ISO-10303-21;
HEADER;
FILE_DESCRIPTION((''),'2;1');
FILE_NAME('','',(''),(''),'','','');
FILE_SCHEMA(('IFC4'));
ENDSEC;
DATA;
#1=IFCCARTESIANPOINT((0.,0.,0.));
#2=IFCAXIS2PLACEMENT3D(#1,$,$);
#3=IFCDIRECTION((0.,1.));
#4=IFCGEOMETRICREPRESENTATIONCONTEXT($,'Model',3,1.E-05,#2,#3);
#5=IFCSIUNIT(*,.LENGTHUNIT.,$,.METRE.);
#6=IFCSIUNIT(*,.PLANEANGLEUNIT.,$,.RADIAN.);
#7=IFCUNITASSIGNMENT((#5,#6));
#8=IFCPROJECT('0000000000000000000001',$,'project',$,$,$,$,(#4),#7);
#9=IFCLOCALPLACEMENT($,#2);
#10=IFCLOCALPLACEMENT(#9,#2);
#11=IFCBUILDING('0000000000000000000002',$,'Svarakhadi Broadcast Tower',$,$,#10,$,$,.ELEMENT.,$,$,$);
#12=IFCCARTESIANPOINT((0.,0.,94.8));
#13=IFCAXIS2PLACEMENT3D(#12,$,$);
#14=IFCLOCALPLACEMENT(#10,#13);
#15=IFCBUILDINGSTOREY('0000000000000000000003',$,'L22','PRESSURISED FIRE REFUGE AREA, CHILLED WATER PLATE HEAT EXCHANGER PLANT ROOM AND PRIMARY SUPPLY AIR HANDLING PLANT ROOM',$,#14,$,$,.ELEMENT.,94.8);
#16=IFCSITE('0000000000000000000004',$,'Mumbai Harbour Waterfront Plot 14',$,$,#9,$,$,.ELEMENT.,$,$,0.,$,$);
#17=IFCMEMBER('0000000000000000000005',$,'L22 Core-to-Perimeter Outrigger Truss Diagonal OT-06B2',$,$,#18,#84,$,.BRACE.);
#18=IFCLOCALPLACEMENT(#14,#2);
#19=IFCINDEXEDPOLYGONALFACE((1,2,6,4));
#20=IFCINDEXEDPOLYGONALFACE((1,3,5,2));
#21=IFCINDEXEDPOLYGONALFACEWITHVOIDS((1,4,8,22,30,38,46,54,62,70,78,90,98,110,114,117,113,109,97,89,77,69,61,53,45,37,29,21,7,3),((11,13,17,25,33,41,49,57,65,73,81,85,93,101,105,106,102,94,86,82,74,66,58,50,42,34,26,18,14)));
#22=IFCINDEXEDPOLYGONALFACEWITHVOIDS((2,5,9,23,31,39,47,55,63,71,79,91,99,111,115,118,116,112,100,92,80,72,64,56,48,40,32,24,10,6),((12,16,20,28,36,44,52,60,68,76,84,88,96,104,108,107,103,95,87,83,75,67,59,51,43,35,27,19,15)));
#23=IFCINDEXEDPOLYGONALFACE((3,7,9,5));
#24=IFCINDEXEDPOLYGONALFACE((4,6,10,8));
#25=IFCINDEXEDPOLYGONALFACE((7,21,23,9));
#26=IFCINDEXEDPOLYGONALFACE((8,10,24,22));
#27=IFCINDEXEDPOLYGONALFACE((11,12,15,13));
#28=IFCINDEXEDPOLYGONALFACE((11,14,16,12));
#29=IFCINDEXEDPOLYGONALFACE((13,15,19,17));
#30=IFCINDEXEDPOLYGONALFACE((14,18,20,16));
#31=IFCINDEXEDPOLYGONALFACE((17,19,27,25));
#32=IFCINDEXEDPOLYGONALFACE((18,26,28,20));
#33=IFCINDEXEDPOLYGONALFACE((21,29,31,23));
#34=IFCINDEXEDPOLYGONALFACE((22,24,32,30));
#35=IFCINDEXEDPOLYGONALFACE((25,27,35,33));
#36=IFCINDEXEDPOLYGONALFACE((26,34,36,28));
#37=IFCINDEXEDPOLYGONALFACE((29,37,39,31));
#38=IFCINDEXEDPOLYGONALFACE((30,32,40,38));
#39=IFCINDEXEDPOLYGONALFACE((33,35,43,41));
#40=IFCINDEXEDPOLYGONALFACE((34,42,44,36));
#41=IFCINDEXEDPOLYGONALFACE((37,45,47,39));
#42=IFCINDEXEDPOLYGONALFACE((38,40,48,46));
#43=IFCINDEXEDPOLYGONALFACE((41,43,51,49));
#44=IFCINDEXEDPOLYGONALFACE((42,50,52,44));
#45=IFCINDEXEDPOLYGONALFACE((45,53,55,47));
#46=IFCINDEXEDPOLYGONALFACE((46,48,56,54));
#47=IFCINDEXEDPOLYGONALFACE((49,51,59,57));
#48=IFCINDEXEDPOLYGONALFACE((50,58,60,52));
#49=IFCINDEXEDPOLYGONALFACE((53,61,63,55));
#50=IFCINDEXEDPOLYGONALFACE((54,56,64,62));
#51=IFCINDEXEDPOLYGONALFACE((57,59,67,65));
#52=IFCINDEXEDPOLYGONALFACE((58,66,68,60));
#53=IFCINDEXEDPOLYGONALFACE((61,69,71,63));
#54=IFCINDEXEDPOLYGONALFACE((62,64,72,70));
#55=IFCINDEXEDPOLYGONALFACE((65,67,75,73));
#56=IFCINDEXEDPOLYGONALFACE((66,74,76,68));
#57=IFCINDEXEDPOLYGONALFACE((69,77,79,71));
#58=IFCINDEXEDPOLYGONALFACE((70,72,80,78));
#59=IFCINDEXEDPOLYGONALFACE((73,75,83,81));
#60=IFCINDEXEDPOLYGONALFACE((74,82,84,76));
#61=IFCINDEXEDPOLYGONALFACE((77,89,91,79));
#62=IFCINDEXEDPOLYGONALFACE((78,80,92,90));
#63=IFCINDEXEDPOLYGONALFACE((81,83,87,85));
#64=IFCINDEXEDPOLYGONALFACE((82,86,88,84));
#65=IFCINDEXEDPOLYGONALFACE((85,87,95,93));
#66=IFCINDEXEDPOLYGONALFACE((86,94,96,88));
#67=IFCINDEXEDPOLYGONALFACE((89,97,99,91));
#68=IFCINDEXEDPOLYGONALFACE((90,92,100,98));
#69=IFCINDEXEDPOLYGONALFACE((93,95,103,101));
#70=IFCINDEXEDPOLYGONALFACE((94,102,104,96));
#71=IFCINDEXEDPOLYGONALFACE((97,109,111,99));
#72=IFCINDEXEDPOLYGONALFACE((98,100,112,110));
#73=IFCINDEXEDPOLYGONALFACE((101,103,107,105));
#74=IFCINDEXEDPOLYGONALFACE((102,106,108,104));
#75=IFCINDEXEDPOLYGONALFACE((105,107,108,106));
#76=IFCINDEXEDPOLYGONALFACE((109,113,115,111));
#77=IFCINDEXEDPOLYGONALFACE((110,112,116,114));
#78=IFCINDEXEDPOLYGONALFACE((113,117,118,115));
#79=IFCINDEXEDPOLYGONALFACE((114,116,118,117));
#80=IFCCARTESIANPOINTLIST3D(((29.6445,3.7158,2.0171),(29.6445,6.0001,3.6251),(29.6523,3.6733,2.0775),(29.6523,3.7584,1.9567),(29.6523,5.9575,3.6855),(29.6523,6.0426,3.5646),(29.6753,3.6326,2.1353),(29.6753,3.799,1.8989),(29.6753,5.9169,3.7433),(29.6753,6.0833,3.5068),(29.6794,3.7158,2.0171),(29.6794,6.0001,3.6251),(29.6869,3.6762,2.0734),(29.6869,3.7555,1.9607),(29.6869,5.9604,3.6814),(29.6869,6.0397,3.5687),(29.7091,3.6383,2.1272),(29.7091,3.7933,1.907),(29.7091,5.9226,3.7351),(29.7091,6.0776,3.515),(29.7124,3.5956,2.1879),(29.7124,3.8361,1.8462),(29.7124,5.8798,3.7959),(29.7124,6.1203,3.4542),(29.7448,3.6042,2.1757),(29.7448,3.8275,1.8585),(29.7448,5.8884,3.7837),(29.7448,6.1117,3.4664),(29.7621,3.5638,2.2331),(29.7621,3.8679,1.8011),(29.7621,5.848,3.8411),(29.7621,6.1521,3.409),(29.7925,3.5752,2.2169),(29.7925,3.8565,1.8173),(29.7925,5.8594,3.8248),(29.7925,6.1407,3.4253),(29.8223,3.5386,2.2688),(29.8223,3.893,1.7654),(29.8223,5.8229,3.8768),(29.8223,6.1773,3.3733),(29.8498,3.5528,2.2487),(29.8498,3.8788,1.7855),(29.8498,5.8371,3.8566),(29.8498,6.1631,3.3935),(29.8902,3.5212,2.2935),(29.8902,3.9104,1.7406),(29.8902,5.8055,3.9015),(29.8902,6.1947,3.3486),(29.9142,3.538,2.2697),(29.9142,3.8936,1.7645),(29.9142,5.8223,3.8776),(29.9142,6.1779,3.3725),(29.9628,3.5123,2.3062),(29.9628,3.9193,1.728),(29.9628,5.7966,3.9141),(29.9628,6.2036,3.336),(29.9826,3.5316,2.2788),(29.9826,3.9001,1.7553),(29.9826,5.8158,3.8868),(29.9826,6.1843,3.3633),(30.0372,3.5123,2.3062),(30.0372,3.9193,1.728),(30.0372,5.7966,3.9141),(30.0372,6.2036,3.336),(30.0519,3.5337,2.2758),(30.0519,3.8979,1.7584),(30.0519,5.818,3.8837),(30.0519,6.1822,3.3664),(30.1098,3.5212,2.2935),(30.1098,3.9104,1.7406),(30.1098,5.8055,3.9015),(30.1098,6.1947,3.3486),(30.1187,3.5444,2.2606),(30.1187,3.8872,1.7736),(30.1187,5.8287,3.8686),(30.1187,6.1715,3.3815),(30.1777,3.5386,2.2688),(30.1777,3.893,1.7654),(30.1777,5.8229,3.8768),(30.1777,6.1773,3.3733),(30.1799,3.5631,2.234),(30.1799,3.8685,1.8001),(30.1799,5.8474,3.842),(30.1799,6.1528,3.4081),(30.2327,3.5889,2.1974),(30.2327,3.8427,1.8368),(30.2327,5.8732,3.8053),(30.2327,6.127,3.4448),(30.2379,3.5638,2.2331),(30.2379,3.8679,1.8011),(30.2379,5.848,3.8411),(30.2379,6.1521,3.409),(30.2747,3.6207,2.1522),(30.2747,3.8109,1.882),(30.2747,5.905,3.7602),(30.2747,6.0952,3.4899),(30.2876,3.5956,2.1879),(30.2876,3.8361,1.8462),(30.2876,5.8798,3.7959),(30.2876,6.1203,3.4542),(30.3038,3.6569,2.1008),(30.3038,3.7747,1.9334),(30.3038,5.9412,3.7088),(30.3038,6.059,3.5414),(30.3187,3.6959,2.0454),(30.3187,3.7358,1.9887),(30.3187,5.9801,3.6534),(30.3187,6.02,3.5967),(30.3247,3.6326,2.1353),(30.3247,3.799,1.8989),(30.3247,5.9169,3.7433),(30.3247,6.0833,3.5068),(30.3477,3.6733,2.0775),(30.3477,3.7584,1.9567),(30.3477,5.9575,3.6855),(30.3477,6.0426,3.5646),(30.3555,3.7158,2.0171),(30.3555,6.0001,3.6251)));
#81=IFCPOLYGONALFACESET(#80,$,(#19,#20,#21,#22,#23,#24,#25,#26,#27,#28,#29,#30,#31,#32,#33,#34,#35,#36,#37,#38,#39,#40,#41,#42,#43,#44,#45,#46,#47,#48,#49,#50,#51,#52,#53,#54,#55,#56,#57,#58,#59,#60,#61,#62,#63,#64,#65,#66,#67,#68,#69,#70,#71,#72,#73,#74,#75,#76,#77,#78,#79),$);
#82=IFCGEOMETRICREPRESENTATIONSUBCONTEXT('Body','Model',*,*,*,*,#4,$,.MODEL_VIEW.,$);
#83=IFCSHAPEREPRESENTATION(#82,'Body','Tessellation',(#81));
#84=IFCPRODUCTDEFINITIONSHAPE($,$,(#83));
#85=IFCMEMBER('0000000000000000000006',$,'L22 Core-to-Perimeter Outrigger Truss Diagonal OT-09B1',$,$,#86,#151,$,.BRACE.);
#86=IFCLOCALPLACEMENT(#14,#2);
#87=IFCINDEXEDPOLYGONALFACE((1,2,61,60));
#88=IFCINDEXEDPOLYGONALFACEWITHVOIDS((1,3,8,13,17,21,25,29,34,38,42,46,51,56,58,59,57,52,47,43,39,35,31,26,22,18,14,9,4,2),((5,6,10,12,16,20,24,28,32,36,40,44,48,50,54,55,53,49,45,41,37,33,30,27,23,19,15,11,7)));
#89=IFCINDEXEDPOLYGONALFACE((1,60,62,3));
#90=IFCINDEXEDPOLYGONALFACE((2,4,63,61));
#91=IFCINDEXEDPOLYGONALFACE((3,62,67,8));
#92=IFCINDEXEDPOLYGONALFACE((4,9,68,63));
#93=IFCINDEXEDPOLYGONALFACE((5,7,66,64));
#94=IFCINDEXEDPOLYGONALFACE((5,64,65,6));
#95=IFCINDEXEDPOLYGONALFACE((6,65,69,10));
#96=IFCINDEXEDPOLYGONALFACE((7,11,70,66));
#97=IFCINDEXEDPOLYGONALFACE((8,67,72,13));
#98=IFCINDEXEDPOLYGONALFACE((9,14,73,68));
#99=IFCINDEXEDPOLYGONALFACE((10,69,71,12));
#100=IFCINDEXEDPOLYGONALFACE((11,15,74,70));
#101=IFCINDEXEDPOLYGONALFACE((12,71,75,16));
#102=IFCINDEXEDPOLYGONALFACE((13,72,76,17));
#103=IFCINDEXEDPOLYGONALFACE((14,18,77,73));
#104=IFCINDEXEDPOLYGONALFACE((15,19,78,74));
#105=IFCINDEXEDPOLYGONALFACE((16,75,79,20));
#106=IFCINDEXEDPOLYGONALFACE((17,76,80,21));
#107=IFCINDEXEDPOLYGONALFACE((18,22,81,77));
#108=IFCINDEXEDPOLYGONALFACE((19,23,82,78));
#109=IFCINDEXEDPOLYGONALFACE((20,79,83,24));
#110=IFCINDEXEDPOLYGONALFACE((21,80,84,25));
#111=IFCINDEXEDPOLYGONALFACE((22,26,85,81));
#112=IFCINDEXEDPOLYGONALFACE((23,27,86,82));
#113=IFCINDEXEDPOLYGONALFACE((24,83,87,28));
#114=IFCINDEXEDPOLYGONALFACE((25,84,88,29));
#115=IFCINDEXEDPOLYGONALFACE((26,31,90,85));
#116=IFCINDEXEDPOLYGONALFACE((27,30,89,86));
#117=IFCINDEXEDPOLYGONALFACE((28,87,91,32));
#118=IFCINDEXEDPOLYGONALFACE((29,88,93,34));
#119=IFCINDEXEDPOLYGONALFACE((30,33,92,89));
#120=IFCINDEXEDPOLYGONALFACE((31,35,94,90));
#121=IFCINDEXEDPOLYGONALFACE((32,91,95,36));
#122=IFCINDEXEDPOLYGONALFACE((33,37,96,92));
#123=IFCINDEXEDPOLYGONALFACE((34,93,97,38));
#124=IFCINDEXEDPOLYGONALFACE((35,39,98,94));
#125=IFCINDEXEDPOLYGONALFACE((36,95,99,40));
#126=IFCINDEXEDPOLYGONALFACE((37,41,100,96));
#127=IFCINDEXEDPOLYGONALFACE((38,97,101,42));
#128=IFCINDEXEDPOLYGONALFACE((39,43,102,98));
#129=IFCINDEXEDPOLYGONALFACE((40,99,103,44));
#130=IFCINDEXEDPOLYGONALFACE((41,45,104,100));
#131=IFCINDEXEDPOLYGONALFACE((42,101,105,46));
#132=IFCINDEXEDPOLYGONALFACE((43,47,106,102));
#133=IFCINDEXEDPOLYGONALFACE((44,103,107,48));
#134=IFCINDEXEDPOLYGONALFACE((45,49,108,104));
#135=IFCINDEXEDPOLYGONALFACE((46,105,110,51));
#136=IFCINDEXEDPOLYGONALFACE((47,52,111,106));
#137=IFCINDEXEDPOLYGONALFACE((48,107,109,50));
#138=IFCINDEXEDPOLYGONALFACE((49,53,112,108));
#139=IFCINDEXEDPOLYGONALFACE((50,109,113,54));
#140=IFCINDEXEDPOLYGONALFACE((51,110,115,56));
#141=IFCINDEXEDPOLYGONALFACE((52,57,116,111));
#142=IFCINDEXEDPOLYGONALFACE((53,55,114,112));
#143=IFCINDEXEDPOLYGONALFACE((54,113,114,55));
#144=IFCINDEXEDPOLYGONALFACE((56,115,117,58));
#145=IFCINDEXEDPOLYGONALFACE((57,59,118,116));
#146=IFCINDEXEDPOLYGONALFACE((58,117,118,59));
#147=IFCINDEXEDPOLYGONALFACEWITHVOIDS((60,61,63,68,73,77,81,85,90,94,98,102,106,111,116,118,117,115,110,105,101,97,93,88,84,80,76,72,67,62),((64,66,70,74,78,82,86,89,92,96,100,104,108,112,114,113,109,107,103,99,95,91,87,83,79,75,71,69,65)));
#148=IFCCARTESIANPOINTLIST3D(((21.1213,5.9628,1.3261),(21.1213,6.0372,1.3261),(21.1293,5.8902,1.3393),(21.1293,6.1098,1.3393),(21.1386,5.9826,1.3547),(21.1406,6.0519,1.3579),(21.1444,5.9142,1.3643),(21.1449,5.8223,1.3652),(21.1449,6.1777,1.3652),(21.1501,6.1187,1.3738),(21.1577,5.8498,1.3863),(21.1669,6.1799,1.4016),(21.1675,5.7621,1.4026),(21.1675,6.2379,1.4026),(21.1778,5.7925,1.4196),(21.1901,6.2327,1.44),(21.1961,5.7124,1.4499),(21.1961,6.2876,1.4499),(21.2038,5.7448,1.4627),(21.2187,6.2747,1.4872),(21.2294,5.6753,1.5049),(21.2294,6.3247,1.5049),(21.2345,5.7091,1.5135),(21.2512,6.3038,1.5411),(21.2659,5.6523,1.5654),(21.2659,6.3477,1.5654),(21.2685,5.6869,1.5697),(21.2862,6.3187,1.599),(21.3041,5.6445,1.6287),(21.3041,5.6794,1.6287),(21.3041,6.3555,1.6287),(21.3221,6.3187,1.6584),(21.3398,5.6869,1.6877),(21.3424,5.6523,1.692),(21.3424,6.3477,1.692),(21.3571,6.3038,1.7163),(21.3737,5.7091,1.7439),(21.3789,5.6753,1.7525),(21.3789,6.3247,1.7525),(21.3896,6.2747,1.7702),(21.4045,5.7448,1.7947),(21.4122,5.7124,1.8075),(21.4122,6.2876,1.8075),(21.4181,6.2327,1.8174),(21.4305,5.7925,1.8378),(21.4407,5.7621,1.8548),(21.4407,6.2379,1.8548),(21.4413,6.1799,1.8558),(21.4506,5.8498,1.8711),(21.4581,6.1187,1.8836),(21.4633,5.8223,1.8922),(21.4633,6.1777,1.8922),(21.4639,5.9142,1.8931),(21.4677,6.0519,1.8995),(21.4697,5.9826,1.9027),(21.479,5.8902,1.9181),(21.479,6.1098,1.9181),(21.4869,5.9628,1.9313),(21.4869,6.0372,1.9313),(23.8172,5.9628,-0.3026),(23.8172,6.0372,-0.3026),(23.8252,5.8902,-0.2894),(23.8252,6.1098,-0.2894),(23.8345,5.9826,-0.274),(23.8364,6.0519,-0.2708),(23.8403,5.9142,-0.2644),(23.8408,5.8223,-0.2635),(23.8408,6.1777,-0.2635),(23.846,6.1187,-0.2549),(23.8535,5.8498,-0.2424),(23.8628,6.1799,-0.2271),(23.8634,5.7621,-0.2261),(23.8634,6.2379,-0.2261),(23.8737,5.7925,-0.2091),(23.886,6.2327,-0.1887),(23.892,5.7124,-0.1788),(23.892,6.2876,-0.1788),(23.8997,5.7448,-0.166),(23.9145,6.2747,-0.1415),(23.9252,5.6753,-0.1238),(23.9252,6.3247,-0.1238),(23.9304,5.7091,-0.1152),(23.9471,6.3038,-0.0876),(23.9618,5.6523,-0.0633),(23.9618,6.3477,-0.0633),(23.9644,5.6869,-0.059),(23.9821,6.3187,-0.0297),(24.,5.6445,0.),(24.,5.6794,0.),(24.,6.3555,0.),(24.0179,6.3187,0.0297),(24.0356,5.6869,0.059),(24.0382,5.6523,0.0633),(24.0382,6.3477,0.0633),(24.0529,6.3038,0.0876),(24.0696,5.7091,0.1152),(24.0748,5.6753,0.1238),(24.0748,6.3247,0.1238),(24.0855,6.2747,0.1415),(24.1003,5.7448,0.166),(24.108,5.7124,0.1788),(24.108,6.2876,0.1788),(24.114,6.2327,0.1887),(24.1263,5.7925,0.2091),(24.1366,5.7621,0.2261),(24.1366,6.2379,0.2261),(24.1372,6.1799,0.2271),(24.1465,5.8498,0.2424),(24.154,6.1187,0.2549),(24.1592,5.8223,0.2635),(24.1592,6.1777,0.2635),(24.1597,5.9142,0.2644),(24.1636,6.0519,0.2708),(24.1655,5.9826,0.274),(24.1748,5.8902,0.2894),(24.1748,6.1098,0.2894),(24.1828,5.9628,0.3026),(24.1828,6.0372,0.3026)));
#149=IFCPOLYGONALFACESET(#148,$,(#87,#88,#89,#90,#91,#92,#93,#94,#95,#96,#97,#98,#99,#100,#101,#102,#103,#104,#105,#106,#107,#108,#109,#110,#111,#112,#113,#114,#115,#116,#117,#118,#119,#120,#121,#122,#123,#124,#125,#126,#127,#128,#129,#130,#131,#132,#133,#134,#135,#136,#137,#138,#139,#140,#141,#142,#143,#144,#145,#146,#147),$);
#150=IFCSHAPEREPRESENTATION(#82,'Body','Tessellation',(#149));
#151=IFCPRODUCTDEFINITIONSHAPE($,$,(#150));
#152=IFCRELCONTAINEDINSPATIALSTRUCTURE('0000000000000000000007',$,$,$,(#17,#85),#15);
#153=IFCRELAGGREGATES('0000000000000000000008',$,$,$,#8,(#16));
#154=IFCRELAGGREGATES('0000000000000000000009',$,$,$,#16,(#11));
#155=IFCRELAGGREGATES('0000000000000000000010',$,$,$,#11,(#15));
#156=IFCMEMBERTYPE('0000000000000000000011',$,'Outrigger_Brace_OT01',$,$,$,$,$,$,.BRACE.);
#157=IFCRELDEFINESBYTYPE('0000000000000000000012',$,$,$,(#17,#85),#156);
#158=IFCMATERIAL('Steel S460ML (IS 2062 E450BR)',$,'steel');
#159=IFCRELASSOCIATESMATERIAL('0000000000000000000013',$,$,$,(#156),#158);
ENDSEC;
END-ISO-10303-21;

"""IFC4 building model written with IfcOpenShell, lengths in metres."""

from ifc_helpers import new_model, si_unit, direction, frame, origin, origin_2d, place, context, subcontext, project, spatial, hollow_circle, extrude, material, material_profile, profile_set, type_object, element, save


model = new_model("IFC4")

# Units and contexts
model_context = context("Model", 3, precision=1e-05, world=origin(), true_north=direction((0.0, 1.0)))
body_context = subcontext(model_context, "Body", "Model", "MODEL_VIEW")
ifc_project = project(units=[si_unit("LENGTHUNIT", "METRE"), si_unit("PLANEANGLEUNIT", "RADIAN")], contexts=[model_context])

# Site, building, storey
site_placement = place(None, origin())
site = spatial("IfcSite", under=ifc_project, at=site_placement, Name="Mumbai Harbour Waterfront Plot 14", CompositionType="ELEMENT", RefElevation=0.0)
building_placement = place(site_placement, origin())
building = spatial("IfcBuilding", under=site, at=building_placement, Name="Svarakhadi Broadcast Tower", CompositionType="ELEMENT")
storey_placement = place(building_placement, frame((0.0, 0.0, 94.8)))
storey = spatial("IfcBuildingStorey", under=building, at=storey_placement, Name="L22", Description="PRESSURISED FIRE REFUGE AREA, CHILLED WATER PLATE HEAT EXCHANGER PLANT ROOM AND PRIMARY SUPPLY AIR HANDLING PLANT ROOM", CompositionType="ELEMENT", Elevation=94.8)

# Shared definitions
ifc_material_1 = material(Name="Steel S460ML (IS 2062 E450BR)", Category="steel")

# Members
ifc_material_profile_1 = material_profile(ifc_material_1, hollow_circle(Radius=0.3555, WallThickness=0.0349, at=origin_2d()), Name="CHS 711x35")
ifc_profile_set_1 = profile_set([ifc_material_profile_1], Name="Steel S460ML (IS 2062 E450BR)")
member_type_1 = type_object("IfcMemberType", Name="Outrigger_Brace_OT01", PredefinedType="BRACE", material=ifc_profile_set_1)
for number, where, z_axis, x_axis, name in (
    (1, (30.0, 3.7158, 2.0171), (0.0, 0.817718, 0.575619), (-1.0, 0.0, 0.0), "L22 Core-to-Perimeter Outrigger Truss Diagonal OT-06B2"),
):
    element("IfcMember", number, at=place(storey_placement, frame(where, z_axis=z_axis, x_axis=x_axis)), inside=storey, type_object=member_type_1, Name=name, PredefinedType="BRACE", context=body_context, shape_type="SweptSolid", body=[
        extrude(hollow_circle(Radius=0.3555, WallThickness=0.0349, at=origin_2d()), origin(), (0.0, 0.0, 1.0), 2.7935),
    ])
member_1_placement = place(storey_placement, frame((24.0, 6.0, 0.0), z_axis=(-0.855923, 0.0, 0.517104), x_axis=(0.0, -1.0, 0.0)))
element("IfcMember", 2, at=member_1_placement, inside=storey, type_object=member_type_1, Name="L22 Core-to-Perimeter Outrigger Truss Diagonal OT-09B1", PredefinedType="BRACE", context=body_context, shape_type="SweptSolid", body=[
    extrude(hollow_circle(Radius=0.3555, WallThickness=0.0349, at=origin_2d()), origin(), (0.0, 0.0, 1.0), 3.1497),
])

save(model, "model.ifc")
